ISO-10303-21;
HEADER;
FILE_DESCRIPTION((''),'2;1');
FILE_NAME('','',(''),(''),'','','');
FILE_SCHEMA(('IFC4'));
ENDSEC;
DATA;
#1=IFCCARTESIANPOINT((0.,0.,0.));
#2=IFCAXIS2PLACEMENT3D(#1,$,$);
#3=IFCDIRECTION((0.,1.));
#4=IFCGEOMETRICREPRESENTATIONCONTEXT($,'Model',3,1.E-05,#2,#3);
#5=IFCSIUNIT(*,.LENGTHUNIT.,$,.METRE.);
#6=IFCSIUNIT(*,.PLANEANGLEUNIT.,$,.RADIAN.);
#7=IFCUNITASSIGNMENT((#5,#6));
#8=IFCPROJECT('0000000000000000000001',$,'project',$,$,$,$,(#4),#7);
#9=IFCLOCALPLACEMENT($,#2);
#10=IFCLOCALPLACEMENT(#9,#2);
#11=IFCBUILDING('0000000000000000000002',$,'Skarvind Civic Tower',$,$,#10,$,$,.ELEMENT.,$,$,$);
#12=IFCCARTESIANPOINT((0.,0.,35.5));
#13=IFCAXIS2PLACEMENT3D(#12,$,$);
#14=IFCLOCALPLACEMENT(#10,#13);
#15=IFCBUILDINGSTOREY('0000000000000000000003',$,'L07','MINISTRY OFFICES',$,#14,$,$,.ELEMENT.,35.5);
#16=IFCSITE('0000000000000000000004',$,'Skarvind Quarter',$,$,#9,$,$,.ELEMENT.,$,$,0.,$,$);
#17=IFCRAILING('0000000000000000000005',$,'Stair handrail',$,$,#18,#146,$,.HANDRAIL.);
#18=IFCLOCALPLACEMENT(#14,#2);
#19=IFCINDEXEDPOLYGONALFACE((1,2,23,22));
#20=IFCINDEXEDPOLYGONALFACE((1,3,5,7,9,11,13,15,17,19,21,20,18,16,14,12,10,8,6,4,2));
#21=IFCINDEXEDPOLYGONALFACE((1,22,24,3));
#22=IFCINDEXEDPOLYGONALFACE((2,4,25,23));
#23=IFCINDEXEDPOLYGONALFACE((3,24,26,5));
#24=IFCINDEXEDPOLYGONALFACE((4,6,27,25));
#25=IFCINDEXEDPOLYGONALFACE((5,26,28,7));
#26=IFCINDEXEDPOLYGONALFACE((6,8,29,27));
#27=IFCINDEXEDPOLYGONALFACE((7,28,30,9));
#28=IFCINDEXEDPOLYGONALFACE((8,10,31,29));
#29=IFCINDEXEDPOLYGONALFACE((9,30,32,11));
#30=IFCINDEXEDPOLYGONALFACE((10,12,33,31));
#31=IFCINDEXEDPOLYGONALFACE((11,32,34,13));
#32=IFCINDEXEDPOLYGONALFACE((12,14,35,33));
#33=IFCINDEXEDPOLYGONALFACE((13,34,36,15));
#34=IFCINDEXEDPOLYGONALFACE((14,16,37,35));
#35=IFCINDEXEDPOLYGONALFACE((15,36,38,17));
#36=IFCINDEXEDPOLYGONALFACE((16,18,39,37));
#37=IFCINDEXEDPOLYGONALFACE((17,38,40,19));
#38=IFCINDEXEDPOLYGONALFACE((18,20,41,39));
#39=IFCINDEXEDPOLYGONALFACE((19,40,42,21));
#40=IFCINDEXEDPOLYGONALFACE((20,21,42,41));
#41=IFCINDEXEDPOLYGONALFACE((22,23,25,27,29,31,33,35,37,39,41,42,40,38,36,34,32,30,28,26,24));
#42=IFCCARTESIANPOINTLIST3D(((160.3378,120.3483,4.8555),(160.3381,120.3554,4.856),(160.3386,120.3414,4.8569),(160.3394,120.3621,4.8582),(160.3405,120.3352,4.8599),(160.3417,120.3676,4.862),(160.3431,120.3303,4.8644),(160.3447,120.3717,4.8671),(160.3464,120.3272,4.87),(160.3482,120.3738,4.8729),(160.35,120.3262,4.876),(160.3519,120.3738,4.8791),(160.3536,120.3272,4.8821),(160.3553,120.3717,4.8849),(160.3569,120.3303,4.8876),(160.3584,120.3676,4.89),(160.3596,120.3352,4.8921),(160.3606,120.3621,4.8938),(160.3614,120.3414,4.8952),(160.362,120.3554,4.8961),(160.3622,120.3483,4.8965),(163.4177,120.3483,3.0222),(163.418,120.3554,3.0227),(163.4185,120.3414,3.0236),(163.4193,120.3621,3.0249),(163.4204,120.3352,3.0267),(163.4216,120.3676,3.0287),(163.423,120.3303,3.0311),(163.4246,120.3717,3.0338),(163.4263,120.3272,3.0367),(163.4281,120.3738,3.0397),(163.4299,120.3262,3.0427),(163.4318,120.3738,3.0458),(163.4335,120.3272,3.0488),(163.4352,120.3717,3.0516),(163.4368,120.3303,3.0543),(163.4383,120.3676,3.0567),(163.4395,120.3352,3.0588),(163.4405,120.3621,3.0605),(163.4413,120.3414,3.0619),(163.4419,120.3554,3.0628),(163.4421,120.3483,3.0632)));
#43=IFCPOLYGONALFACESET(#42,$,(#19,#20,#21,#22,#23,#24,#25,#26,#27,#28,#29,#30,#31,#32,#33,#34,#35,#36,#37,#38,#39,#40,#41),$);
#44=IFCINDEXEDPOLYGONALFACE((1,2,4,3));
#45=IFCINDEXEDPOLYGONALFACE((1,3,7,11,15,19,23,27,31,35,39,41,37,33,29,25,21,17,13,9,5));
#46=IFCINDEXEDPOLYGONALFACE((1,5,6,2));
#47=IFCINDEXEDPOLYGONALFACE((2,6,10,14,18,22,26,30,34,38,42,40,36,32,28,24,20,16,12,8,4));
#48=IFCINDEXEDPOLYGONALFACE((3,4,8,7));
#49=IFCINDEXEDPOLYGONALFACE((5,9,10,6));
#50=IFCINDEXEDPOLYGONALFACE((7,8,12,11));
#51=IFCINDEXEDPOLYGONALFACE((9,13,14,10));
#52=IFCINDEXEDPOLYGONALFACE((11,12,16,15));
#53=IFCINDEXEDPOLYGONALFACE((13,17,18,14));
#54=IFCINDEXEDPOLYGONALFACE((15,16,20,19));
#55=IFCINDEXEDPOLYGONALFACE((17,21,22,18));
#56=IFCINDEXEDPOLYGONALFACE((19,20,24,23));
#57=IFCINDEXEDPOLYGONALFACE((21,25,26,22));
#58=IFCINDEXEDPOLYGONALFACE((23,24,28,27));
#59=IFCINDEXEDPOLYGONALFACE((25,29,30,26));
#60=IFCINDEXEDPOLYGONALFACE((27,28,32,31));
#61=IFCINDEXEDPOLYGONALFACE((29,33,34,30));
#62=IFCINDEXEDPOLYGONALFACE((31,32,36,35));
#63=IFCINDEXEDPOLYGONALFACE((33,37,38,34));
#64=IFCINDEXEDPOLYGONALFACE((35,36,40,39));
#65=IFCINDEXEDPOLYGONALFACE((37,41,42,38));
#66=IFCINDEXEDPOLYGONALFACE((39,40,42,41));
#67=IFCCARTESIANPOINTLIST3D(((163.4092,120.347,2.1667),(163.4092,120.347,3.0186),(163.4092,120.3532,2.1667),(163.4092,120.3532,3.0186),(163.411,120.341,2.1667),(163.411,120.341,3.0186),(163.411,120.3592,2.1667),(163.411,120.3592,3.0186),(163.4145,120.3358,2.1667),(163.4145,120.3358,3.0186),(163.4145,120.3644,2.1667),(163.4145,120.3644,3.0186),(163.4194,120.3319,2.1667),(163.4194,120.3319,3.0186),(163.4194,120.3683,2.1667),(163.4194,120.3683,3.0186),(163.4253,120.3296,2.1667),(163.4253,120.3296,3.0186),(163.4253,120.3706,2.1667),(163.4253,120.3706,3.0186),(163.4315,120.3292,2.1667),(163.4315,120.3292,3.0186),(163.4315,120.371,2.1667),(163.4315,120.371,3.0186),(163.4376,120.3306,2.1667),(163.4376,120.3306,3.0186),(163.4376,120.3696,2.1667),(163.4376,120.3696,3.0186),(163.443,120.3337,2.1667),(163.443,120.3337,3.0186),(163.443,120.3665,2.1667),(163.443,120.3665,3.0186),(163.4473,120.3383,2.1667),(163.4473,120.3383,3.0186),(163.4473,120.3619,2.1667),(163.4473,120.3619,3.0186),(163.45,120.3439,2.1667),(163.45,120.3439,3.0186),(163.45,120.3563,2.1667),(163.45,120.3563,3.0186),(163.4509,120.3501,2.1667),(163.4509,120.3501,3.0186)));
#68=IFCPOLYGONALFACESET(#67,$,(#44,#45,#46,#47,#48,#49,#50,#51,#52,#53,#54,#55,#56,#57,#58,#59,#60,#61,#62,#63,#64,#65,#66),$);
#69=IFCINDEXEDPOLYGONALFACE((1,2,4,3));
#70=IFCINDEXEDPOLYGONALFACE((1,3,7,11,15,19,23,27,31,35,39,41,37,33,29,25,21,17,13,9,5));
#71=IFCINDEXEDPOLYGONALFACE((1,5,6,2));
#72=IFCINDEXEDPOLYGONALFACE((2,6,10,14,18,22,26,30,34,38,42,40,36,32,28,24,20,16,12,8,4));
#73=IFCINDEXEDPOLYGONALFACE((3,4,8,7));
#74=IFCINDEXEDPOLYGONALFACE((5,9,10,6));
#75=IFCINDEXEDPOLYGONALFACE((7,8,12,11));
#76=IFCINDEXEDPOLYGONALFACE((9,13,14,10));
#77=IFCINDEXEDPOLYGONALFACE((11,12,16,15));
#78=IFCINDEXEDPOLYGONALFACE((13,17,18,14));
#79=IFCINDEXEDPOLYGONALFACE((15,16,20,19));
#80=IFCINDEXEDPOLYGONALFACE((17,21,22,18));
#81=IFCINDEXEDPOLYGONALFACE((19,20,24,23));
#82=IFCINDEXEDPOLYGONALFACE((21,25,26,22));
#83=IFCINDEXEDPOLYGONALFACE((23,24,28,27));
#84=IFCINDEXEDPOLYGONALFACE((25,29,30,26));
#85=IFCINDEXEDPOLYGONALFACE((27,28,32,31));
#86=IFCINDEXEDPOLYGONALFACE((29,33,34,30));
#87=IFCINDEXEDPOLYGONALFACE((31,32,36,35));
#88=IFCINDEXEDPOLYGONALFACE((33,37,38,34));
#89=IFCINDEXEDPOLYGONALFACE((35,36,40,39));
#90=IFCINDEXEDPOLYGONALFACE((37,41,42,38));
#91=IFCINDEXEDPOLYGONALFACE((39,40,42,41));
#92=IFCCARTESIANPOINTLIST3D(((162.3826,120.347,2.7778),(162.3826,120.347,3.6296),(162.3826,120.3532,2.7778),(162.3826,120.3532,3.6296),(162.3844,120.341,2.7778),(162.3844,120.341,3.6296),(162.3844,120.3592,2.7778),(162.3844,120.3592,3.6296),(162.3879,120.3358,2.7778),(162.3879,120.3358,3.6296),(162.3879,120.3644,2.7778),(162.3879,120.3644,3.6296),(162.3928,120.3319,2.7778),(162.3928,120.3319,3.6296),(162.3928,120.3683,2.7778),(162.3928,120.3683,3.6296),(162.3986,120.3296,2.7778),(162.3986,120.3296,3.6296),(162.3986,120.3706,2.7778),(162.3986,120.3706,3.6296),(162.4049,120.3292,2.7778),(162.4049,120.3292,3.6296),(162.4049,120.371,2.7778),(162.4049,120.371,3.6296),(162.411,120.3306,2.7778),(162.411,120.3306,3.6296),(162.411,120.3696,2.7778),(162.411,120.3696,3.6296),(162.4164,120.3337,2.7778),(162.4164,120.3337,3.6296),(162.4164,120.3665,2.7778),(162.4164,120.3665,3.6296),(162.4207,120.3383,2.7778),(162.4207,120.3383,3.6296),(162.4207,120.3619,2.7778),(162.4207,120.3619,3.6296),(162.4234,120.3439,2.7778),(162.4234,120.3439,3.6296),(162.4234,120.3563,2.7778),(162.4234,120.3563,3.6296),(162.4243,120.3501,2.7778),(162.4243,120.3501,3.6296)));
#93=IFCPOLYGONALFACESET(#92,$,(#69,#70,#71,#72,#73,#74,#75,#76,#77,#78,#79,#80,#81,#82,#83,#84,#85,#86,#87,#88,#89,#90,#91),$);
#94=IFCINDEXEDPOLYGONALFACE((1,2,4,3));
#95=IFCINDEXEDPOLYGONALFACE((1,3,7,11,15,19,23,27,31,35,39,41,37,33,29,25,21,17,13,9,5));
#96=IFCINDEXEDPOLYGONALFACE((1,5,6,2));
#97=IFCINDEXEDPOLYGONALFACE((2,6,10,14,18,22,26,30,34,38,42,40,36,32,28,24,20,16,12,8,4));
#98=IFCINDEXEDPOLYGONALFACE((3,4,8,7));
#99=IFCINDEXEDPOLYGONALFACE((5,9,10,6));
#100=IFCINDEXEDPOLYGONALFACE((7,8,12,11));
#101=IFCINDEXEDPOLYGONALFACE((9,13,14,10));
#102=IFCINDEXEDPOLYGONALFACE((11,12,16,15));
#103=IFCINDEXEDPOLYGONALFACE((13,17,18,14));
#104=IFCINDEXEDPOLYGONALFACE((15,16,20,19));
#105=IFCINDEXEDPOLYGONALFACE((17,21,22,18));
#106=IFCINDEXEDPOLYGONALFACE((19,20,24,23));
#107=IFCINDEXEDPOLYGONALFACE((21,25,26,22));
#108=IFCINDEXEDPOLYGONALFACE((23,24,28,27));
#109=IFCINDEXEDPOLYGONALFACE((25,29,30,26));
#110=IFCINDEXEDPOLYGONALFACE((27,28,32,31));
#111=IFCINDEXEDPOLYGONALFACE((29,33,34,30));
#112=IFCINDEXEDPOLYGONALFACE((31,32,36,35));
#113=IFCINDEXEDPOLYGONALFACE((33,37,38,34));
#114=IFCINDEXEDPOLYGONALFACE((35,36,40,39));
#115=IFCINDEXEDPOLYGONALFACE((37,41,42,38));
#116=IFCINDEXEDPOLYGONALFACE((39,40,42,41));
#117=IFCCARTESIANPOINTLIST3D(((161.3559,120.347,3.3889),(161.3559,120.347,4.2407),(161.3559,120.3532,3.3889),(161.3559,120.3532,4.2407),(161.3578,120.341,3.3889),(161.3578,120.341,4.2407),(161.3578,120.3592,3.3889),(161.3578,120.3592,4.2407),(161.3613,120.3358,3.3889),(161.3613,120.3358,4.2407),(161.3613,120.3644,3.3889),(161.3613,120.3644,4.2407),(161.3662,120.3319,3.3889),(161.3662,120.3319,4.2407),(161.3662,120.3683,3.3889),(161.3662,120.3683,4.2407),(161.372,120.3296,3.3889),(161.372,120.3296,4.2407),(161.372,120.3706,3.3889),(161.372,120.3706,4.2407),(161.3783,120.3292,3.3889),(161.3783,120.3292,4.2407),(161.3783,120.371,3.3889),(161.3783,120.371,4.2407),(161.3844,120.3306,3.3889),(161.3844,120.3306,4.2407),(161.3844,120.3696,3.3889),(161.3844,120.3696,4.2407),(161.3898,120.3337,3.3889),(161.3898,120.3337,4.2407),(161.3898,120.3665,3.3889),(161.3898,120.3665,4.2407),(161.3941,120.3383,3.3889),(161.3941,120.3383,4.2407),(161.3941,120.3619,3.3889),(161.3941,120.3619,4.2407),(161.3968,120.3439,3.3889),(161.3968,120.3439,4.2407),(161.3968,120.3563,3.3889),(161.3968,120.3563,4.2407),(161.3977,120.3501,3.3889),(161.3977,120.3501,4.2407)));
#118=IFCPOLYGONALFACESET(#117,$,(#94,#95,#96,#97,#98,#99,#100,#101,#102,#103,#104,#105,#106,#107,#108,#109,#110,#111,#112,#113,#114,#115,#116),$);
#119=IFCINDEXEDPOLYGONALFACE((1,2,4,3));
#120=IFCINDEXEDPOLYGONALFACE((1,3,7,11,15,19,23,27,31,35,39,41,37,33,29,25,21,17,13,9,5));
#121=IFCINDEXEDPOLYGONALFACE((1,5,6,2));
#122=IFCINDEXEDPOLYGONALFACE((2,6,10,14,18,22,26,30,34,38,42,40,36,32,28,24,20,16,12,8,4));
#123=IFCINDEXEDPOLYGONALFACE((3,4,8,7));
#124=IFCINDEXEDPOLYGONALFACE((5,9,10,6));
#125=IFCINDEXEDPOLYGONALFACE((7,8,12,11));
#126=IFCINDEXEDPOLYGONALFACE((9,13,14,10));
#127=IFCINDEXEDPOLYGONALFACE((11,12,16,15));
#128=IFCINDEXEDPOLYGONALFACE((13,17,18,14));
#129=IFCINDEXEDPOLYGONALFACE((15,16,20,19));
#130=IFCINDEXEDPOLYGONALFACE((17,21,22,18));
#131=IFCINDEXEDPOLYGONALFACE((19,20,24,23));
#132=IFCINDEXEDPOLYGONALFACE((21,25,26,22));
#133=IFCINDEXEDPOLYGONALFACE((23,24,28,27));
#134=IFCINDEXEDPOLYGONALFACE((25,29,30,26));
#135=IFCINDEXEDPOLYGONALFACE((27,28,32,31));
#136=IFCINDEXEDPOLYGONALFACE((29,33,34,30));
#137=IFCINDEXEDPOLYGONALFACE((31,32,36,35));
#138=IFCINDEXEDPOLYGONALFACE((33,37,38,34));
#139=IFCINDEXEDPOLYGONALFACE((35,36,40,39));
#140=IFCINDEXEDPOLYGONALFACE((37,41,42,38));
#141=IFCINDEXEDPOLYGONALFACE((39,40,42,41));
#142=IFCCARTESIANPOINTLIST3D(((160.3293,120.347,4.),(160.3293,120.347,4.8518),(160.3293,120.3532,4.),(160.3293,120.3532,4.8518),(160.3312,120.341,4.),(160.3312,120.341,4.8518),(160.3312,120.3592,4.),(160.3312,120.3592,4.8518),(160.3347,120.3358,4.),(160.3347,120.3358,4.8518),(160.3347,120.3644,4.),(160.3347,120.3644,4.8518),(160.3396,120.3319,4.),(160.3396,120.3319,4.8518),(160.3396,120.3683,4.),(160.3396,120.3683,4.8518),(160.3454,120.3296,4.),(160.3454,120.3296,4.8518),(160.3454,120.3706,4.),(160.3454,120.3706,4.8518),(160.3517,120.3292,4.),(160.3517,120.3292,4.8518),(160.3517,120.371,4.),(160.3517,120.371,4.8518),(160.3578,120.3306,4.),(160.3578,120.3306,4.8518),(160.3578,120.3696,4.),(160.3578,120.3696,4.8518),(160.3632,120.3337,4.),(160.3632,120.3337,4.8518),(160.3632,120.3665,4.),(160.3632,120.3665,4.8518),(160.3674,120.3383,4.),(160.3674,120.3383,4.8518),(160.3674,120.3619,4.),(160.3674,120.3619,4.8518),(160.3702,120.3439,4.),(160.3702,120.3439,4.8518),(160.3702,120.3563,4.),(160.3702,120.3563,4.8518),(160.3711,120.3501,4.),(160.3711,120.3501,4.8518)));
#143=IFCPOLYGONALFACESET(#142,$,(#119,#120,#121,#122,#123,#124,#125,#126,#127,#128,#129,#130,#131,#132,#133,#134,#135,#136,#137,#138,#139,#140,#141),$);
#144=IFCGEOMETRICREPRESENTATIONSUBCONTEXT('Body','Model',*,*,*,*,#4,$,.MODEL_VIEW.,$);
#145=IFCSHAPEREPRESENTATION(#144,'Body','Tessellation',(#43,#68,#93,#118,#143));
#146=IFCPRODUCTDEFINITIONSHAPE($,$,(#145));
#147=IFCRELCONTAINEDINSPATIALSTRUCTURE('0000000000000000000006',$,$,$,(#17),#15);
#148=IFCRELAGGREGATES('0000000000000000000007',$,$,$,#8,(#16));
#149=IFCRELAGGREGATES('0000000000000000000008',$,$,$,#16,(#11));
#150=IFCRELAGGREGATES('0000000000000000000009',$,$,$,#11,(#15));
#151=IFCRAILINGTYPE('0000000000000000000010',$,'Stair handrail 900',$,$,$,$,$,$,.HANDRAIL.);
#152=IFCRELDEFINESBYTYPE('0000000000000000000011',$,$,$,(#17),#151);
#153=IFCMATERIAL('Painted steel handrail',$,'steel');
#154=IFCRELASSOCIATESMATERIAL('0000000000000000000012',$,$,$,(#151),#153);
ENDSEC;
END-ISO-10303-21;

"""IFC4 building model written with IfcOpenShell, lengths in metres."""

from ifc_helpers import new_model, si_unit, direction, frame, origin, origin_2d, place, context, subcontext, project, spatial, circle, extrude, material, type_object, element, save


model = new_model("IFC4")

# Units and contexts
model_context = context("Model", 3, precision=1e-05, world=origin(), true_north=direction((0.0, 1.0)))
body_context = subcontext(model_context, "Body", "Model", "MODEL_VIEW")
ifc_project = project(units=[si_unit("LENGTHUNIT", "METRE"), si_unit("PLANEANGLEUNIT", "RADIAN")], contexts=[model_context])

# Site, building, storey
site_placement = place(None, origin())
site = spatial("IfcSite", under=ifc_project, at=site_placement, Name="Skarvind Quarter", CompositionType="ELEMENT", RefElevation=0.0)
building_placement = place(site_placement, origin())
building = spatial("IfcBuilding", under=site, at=building_placement, Name="Skarvind Civic Tower", CompositionType="ELEMENT")
storey_placement = place(building_placement, frame((0.0, 0.0, 35.5)))
storey = spatial("IfcBuildingStorey", under=building, at=storey_placement, Name="L07", Description="MINISTRY OFFICES", CompositionType="ELEMENT", Elevation=35.5)

# Railing
ifc_material_1 = material(Name="Painted steel handrail", Category="steel")
railing_type = type_object("IfcRailingType", Name="Stair handrail 900", PredefinedType="HANDRAIL", material=ifc_material_1)
railing_placement = place(storey_placement, frame((163.4299, 120.3501, 2.1667)))
element("IfcRailing", 1, at=railing_placement, inside=storey, type_object=railing_type, Name="Stair handrail", PredefinedType="HANDRAIL", context=body_context, shape_type="SweptSolid", body=[
    extrude(circle(Radius=0.0239, at=origin_2d()), frame((0.0, 0.0, 0.876), z_axis=(-0.859291, 0.0, 0.511487), x_axis=(0.0, -1.0, 0.0)), (0.0, 0.0, 1.0), 3.5842),
    extrude(circle(Radius=0.021, at=origin_2d()), origin(), (0.0, 0.0, 1.0), 0.8518),
    extrude(circle(Radius=0.021, at=origin_2d()), frame((-1.0266, 0.0, 0.6111)), (0.0, 0.0, 1.0), 0.8518),
    extrude(circle(Radius=0.021, at=origin_2d()), frame((-2.0532, 0.0, 1.2222)), (0.0, 0.0, 1.0), 0.8518),
    extrude(circle(Radius=0.021, at=origin_2d()), frame((-3.0798, 0.0, 1.8333)), (0.0, 0.0, 1.0), 0.8518),
])

save(model, "model.ifc")
